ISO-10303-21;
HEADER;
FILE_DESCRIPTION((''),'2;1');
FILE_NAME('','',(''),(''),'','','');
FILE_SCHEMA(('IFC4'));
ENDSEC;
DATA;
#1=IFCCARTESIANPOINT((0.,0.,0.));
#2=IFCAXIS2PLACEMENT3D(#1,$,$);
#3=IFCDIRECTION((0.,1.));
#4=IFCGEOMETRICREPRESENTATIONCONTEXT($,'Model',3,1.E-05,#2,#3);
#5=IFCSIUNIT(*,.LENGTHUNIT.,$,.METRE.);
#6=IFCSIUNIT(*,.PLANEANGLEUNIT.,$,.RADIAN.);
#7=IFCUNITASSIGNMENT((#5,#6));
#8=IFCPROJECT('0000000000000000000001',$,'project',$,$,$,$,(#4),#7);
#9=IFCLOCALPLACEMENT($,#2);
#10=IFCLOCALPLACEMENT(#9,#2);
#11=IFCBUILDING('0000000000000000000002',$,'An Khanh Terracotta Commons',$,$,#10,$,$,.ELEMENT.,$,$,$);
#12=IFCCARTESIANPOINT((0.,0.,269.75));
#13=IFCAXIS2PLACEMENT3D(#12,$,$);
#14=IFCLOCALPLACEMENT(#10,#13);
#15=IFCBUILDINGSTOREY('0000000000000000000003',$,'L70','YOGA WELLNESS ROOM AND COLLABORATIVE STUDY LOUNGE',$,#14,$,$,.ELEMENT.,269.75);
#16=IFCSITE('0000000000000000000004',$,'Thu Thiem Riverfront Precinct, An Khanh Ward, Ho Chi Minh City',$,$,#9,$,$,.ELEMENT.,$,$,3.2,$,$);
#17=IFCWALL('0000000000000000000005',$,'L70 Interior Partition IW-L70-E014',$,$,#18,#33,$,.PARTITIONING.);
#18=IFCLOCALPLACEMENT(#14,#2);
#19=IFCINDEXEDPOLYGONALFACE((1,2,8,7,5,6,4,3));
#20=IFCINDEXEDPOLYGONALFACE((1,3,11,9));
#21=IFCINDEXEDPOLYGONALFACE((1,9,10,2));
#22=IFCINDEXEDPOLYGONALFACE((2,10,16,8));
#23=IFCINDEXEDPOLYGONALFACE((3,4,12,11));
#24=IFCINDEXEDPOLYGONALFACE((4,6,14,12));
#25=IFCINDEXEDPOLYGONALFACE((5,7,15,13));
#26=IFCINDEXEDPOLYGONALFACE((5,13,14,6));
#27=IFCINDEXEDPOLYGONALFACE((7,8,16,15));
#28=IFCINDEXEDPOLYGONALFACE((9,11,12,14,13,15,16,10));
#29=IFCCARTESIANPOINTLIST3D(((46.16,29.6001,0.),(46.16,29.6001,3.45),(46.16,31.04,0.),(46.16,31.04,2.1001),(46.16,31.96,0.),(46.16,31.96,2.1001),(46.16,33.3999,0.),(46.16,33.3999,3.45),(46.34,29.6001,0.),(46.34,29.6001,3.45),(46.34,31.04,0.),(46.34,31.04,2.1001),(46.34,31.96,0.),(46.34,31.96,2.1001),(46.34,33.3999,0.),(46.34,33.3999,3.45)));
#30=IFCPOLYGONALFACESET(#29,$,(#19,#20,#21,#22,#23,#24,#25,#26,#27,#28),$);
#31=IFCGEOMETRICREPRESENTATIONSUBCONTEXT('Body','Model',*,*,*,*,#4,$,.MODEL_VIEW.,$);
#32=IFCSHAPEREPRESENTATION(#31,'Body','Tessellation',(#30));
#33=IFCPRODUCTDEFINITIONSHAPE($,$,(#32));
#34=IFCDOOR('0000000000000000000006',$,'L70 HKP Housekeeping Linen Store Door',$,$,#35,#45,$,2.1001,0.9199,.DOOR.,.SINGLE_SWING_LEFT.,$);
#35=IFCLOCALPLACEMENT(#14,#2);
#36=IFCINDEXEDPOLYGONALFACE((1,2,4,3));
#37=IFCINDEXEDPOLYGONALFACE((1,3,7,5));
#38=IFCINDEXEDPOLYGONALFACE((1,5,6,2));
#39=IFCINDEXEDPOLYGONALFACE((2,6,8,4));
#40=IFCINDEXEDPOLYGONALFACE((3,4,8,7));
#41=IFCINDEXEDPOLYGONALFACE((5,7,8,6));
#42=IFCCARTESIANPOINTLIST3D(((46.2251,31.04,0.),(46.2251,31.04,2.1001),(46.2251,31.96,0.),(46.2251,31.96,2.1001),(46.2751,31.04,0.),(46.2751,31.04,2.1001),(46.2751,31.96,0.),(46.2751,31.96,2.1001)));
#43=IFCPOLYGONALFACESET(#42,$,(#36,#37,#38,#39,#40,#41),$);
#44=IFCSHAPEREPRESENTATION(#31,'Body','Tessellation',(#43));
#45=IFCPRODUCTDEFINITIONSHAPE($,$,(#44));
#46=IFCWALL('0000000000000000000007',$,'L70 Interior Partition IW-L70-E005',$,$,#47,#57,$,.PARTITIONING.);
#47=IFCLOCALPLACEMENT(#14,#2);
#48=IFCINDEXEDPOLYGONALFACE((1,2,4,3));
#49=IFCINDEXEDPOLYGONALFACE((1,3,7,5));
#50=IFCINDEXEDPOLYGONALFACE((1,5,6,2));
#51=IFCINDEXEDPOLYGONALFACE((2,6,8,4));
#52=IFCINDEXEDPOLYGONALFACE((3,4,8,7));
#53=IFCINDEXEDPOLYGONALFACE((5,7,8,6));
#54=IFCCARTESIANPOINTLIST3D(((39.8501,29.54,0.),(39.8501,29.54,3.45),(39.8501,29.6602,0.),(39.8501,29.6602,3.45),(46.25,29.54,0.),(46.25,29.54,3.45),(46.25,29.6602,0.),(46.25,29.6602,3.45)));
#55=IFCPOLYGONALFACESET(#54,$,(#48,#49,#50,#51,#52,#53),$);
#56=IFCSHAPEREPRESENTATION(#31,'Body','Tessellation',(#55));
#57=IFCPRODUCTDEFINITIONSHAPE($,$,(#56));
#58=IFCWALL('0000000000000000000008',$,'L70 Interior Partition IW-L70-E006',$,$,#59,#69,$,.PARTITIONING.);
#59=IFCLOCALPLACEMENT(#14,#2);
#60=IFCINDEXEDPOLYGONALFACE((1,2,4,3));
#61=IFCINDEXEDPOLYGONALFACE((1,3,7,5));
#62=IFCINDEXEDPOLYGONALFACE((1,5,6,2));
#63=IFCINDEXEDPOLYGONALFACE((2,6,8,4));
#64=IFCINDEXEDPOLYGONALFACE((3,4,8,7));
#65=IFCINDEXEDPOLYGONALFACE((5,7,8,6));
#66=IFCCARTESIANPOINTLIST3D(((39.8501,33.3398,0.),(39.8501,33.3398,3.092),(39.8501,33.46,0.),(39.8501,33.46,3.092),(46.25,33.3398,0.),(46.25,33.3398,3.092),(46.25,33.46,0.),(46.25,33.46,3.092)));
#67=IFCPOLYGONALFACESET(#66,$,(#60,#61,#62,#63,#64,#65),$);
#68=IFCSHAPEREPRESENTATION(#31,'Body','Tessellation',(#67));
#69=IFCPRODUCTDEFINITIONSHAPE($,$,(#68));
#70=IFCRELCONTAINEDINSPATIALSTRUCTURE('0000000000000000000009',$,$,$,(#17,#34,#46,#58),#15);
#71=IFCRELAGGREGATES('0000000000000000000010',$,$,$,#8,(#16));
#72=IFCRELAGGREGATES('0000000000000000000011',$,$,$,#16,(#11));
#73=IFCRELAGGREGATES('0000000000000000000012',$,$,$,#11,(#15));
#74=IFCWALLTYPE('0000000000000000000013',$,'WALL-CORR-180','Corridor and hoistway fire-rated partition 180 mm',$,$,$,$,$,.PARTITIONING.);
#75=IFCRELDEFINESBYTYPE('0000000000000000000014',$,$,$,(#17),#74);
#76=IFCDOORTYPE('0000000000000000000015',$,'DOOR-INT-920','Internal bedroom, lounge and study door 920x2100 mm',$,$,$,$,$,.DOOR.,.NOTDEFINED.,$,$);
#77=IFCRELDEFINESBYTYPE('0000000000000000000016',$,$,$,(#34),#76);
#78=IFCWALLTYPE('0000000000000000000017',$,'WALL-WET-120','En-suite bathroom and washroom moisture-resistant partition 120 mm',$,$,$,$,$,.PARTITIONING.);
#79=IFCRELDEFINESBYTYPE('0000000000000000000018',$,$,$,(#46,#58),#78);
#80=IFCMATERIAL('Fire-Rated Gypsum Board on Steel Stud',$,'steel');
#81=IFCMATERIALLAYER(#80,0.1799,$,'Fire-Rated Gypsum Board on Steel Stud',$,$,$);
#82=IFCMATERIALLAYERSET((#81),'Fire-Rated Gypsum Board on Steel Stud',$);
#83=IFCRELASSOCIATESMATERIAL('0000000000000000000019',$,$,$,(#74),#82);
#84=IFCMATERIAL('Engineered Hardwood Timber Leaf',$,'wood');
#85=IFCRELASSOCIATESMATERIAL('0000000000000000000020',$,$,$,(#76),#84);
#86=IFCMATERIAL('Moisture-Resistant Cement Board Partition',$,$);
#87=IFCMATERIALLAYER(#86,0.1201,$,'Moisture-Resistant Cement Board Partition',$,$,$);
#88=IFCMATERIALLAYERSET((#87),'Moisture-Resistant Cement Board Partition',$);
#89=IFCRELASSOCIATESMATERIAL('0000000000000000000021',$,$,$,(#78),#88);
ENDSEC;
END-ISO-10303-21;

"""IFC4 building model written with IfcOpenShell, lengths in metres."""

from ifc_helpers import new_model, si_unit, direction, frame, frame_2d, origin, place, context, subcontext, project, spatial, rectangle, extrude, material, layer, layer_set, type_object, element, fill, save


model = new_model("IFC4")

# Units and contexts
model_context = context("Model", 3, precision=1e-05, world=origin(), true_north=direction((0.0, 1.0)))
body_context = subcontext(model_context, "Body", "Model", "MODEL_VIEW")
ifc_project = project(units=[si_unit("LENGTHUNIT", "METRE"), si_unit("PLANEANGLEUNIT", "RADIAN")], contexts=[model_context])

# Site, building, storey
site_placement = place(None, origin())
site = spatial("IfcSite", under=ifc_project, at=site_placement, Name="Thu Thiem Riverfront Precinct, An Khanh Ward, Ho Chi Minh City", CompositionType="ELEMENT", RefElevation=3.2)
building_placement = place(site_placement, origin())
building = spatial("IfcBuilding", under=site, at=building_placement, Name="An Khanh Terracotta Commons", CompositionType="ELEMENT")
storey_placement = place(building_placement, frame((0.0, 0.0, 269.75)))
storey = spatial("IfcBuildingStorey", under=building, at=storey_placement, Name="L70", Description="YOGA WELLNESS ROOM AND COLLABORATIVE STUDY LOUNGE", CompositionType="ELEMENT", Elevation=269.75)

# Shared definitions
ifc_material_1 = material(Name="Fire-Rated Gypsum Board on Steel Stud", Category="steel")
ifc_layer_1 = layer(ifc_material_1, 0.1799, Name="Fire-Rated Gypsum Board on Steel Stud")
ifc_layer_set_1 = layer_set([ifc_layer_1], Name="Fire-Rated Gypsum Board on Steel Stud")
wall_type_1 = type_object("IfcWallType", Name="WALL-CORR-180", Description="Corridor and hoistway fire-rated partition 180 mm", PredefinedType="PARTITIONING", material=ifc_layer_set_1)
ifc_material_2 = material(Name="Engineered Hardwood Timber Leaf", Category="wood")
door_type_1 = type_object("IfcDoorType", Name="DOOR-INT-920", Description="Internal bedroom, lounge and study door 920x2100 mm", OperationType="NOTDEFINED", PredefinedType="DOOR", material=ifc_material_2)

# Wall, opening, door
wall_1_placement = place(storey_placement, frame((46.25, 29.6001, 0.0), z_axis=(0.0, 0.0, 1.0), x_axis=(0.0, 1.0, 0.0)))
wall_1 = element("IfcWall", 1, at=wall_1_placement, inside=storey, type_object=wall_type_1, Name="L70 Interior Partition IW-L70-E014", PredefinedType="PARTITIONING", context=body_context, shape_type="SweptSolid", body=[
    extrude(rectangle(XDim=3.7998, YDim=0.1799, at=frame_2d((1.8999, 0.0))), origin(), (0.0, 0.0, 1.0), 3.45),
])
opening_1_placement = place(wall_1_placement, frame((1.4399, 0.0, 0.0)))
opening_1 = element("IfcOpeningElement", 2, at=opening_1_placement, cuts=wall_1, PredefinedType="OPENING", context=body_context, shape_type="SweptSolid", body=[
    extrude(rectangle(XDim=0.9199, YDim=2.1001, at=frame_2d((0.46, 1.05))), frame((0.0, 0.0999, 0.0), z_axis=(0.0, -1.0, 0.0), x_axis=(1.0, 0.0, 0.0)), (0.0, 0.0, 1.0), 0.2),
])
door_1_placement = place(opening_1_placement, origin())
door_1 = element("IfcDoor", 3, at=door_1_placement, inside=storey, type_object=door_type_1, Name="L70 HKP Housekeeping Linen Store Door", OperationType="SINGLE_SWING_LEFT", OverallHeight=2.1001, OverallWidth=0.9199, PredefinedType="DOOR", context=body_context, shape_type="SweptSolid", body=[
    extrude(rectangle(XDim=0.9199, YDim=2.1001, at=frame_2d((0.46, 1.05))), frame((0.0, 0.0249, 0.0), z_axis=(0.0, -1.0, 0.0), x_axis=(1.0, 0.0, 0.0)), (0.0, 0.0, 1.0), 0.05),
])
fill(opening_1, door_1)

# Walls
ifc_material_3 = material(Name="Moisture-Resistant Cement Board Partition")
ifc_layer_2 = layer(ifc_material_3, 0.1201, Name="Moisture-Resistant Cement Board Partition")
ifc_layer_set_2 = layer_set([ifc_layer_2], Name="Moisture-Resistant Cement Board Partition")
wall_type_2 = type_object("IfcWallType", Name="WALL-WET-120", Description="En-suite bathroom and washroom moisture-resistant partition 120 mm", PredefinedType="PARTITIONING", material=ifc_layer_set_2)
wall_2_placement = place(storey_placement, frame((39.8501, 29.6001, 0.0), z_axis=(0.0, 0.0, 1.0), x_axis=(1.0, 0.0, 0.0)))
element("IfcWall", 4, at=wall_2_placement, inside=storey, type_object=wall_type_2, Name="L70 Interior Partition IW-L70-E005", PredefinedType="PARTITIONING", context=body_context, shape_type="SweptSolid", body=[
    extrude(rectangle(XDim=6.3999, YDim=0.1201, at=frame_2d((3.2, 0.0))), origin(), (0.0, 0.0, 1.0), 3.45),
])
wall_3_placement = place(storey_placement, frame((39.8501, 33.3999, 0.0), z_axis=(0.0, 0.0, 1.0), x_axis=(1.0, 0.0, 0.0)))
element("IfcWall", 5, at=wall_3_placement, inside=storey, type_object=wall_type_2, Name="L70 Interior Partition IW-L70-E006", PredefinedType="PARTITIONING", context=body_context, shape_type="SweptSolid", body=[
    extrude(rectangle(XDim=6.3999, YDim=0.1201, at=frame_2d((3.2, 0.0))), origin(), (0.0, 0.0, 1.0), 3.092),
])

save(model, "model.ifc")
